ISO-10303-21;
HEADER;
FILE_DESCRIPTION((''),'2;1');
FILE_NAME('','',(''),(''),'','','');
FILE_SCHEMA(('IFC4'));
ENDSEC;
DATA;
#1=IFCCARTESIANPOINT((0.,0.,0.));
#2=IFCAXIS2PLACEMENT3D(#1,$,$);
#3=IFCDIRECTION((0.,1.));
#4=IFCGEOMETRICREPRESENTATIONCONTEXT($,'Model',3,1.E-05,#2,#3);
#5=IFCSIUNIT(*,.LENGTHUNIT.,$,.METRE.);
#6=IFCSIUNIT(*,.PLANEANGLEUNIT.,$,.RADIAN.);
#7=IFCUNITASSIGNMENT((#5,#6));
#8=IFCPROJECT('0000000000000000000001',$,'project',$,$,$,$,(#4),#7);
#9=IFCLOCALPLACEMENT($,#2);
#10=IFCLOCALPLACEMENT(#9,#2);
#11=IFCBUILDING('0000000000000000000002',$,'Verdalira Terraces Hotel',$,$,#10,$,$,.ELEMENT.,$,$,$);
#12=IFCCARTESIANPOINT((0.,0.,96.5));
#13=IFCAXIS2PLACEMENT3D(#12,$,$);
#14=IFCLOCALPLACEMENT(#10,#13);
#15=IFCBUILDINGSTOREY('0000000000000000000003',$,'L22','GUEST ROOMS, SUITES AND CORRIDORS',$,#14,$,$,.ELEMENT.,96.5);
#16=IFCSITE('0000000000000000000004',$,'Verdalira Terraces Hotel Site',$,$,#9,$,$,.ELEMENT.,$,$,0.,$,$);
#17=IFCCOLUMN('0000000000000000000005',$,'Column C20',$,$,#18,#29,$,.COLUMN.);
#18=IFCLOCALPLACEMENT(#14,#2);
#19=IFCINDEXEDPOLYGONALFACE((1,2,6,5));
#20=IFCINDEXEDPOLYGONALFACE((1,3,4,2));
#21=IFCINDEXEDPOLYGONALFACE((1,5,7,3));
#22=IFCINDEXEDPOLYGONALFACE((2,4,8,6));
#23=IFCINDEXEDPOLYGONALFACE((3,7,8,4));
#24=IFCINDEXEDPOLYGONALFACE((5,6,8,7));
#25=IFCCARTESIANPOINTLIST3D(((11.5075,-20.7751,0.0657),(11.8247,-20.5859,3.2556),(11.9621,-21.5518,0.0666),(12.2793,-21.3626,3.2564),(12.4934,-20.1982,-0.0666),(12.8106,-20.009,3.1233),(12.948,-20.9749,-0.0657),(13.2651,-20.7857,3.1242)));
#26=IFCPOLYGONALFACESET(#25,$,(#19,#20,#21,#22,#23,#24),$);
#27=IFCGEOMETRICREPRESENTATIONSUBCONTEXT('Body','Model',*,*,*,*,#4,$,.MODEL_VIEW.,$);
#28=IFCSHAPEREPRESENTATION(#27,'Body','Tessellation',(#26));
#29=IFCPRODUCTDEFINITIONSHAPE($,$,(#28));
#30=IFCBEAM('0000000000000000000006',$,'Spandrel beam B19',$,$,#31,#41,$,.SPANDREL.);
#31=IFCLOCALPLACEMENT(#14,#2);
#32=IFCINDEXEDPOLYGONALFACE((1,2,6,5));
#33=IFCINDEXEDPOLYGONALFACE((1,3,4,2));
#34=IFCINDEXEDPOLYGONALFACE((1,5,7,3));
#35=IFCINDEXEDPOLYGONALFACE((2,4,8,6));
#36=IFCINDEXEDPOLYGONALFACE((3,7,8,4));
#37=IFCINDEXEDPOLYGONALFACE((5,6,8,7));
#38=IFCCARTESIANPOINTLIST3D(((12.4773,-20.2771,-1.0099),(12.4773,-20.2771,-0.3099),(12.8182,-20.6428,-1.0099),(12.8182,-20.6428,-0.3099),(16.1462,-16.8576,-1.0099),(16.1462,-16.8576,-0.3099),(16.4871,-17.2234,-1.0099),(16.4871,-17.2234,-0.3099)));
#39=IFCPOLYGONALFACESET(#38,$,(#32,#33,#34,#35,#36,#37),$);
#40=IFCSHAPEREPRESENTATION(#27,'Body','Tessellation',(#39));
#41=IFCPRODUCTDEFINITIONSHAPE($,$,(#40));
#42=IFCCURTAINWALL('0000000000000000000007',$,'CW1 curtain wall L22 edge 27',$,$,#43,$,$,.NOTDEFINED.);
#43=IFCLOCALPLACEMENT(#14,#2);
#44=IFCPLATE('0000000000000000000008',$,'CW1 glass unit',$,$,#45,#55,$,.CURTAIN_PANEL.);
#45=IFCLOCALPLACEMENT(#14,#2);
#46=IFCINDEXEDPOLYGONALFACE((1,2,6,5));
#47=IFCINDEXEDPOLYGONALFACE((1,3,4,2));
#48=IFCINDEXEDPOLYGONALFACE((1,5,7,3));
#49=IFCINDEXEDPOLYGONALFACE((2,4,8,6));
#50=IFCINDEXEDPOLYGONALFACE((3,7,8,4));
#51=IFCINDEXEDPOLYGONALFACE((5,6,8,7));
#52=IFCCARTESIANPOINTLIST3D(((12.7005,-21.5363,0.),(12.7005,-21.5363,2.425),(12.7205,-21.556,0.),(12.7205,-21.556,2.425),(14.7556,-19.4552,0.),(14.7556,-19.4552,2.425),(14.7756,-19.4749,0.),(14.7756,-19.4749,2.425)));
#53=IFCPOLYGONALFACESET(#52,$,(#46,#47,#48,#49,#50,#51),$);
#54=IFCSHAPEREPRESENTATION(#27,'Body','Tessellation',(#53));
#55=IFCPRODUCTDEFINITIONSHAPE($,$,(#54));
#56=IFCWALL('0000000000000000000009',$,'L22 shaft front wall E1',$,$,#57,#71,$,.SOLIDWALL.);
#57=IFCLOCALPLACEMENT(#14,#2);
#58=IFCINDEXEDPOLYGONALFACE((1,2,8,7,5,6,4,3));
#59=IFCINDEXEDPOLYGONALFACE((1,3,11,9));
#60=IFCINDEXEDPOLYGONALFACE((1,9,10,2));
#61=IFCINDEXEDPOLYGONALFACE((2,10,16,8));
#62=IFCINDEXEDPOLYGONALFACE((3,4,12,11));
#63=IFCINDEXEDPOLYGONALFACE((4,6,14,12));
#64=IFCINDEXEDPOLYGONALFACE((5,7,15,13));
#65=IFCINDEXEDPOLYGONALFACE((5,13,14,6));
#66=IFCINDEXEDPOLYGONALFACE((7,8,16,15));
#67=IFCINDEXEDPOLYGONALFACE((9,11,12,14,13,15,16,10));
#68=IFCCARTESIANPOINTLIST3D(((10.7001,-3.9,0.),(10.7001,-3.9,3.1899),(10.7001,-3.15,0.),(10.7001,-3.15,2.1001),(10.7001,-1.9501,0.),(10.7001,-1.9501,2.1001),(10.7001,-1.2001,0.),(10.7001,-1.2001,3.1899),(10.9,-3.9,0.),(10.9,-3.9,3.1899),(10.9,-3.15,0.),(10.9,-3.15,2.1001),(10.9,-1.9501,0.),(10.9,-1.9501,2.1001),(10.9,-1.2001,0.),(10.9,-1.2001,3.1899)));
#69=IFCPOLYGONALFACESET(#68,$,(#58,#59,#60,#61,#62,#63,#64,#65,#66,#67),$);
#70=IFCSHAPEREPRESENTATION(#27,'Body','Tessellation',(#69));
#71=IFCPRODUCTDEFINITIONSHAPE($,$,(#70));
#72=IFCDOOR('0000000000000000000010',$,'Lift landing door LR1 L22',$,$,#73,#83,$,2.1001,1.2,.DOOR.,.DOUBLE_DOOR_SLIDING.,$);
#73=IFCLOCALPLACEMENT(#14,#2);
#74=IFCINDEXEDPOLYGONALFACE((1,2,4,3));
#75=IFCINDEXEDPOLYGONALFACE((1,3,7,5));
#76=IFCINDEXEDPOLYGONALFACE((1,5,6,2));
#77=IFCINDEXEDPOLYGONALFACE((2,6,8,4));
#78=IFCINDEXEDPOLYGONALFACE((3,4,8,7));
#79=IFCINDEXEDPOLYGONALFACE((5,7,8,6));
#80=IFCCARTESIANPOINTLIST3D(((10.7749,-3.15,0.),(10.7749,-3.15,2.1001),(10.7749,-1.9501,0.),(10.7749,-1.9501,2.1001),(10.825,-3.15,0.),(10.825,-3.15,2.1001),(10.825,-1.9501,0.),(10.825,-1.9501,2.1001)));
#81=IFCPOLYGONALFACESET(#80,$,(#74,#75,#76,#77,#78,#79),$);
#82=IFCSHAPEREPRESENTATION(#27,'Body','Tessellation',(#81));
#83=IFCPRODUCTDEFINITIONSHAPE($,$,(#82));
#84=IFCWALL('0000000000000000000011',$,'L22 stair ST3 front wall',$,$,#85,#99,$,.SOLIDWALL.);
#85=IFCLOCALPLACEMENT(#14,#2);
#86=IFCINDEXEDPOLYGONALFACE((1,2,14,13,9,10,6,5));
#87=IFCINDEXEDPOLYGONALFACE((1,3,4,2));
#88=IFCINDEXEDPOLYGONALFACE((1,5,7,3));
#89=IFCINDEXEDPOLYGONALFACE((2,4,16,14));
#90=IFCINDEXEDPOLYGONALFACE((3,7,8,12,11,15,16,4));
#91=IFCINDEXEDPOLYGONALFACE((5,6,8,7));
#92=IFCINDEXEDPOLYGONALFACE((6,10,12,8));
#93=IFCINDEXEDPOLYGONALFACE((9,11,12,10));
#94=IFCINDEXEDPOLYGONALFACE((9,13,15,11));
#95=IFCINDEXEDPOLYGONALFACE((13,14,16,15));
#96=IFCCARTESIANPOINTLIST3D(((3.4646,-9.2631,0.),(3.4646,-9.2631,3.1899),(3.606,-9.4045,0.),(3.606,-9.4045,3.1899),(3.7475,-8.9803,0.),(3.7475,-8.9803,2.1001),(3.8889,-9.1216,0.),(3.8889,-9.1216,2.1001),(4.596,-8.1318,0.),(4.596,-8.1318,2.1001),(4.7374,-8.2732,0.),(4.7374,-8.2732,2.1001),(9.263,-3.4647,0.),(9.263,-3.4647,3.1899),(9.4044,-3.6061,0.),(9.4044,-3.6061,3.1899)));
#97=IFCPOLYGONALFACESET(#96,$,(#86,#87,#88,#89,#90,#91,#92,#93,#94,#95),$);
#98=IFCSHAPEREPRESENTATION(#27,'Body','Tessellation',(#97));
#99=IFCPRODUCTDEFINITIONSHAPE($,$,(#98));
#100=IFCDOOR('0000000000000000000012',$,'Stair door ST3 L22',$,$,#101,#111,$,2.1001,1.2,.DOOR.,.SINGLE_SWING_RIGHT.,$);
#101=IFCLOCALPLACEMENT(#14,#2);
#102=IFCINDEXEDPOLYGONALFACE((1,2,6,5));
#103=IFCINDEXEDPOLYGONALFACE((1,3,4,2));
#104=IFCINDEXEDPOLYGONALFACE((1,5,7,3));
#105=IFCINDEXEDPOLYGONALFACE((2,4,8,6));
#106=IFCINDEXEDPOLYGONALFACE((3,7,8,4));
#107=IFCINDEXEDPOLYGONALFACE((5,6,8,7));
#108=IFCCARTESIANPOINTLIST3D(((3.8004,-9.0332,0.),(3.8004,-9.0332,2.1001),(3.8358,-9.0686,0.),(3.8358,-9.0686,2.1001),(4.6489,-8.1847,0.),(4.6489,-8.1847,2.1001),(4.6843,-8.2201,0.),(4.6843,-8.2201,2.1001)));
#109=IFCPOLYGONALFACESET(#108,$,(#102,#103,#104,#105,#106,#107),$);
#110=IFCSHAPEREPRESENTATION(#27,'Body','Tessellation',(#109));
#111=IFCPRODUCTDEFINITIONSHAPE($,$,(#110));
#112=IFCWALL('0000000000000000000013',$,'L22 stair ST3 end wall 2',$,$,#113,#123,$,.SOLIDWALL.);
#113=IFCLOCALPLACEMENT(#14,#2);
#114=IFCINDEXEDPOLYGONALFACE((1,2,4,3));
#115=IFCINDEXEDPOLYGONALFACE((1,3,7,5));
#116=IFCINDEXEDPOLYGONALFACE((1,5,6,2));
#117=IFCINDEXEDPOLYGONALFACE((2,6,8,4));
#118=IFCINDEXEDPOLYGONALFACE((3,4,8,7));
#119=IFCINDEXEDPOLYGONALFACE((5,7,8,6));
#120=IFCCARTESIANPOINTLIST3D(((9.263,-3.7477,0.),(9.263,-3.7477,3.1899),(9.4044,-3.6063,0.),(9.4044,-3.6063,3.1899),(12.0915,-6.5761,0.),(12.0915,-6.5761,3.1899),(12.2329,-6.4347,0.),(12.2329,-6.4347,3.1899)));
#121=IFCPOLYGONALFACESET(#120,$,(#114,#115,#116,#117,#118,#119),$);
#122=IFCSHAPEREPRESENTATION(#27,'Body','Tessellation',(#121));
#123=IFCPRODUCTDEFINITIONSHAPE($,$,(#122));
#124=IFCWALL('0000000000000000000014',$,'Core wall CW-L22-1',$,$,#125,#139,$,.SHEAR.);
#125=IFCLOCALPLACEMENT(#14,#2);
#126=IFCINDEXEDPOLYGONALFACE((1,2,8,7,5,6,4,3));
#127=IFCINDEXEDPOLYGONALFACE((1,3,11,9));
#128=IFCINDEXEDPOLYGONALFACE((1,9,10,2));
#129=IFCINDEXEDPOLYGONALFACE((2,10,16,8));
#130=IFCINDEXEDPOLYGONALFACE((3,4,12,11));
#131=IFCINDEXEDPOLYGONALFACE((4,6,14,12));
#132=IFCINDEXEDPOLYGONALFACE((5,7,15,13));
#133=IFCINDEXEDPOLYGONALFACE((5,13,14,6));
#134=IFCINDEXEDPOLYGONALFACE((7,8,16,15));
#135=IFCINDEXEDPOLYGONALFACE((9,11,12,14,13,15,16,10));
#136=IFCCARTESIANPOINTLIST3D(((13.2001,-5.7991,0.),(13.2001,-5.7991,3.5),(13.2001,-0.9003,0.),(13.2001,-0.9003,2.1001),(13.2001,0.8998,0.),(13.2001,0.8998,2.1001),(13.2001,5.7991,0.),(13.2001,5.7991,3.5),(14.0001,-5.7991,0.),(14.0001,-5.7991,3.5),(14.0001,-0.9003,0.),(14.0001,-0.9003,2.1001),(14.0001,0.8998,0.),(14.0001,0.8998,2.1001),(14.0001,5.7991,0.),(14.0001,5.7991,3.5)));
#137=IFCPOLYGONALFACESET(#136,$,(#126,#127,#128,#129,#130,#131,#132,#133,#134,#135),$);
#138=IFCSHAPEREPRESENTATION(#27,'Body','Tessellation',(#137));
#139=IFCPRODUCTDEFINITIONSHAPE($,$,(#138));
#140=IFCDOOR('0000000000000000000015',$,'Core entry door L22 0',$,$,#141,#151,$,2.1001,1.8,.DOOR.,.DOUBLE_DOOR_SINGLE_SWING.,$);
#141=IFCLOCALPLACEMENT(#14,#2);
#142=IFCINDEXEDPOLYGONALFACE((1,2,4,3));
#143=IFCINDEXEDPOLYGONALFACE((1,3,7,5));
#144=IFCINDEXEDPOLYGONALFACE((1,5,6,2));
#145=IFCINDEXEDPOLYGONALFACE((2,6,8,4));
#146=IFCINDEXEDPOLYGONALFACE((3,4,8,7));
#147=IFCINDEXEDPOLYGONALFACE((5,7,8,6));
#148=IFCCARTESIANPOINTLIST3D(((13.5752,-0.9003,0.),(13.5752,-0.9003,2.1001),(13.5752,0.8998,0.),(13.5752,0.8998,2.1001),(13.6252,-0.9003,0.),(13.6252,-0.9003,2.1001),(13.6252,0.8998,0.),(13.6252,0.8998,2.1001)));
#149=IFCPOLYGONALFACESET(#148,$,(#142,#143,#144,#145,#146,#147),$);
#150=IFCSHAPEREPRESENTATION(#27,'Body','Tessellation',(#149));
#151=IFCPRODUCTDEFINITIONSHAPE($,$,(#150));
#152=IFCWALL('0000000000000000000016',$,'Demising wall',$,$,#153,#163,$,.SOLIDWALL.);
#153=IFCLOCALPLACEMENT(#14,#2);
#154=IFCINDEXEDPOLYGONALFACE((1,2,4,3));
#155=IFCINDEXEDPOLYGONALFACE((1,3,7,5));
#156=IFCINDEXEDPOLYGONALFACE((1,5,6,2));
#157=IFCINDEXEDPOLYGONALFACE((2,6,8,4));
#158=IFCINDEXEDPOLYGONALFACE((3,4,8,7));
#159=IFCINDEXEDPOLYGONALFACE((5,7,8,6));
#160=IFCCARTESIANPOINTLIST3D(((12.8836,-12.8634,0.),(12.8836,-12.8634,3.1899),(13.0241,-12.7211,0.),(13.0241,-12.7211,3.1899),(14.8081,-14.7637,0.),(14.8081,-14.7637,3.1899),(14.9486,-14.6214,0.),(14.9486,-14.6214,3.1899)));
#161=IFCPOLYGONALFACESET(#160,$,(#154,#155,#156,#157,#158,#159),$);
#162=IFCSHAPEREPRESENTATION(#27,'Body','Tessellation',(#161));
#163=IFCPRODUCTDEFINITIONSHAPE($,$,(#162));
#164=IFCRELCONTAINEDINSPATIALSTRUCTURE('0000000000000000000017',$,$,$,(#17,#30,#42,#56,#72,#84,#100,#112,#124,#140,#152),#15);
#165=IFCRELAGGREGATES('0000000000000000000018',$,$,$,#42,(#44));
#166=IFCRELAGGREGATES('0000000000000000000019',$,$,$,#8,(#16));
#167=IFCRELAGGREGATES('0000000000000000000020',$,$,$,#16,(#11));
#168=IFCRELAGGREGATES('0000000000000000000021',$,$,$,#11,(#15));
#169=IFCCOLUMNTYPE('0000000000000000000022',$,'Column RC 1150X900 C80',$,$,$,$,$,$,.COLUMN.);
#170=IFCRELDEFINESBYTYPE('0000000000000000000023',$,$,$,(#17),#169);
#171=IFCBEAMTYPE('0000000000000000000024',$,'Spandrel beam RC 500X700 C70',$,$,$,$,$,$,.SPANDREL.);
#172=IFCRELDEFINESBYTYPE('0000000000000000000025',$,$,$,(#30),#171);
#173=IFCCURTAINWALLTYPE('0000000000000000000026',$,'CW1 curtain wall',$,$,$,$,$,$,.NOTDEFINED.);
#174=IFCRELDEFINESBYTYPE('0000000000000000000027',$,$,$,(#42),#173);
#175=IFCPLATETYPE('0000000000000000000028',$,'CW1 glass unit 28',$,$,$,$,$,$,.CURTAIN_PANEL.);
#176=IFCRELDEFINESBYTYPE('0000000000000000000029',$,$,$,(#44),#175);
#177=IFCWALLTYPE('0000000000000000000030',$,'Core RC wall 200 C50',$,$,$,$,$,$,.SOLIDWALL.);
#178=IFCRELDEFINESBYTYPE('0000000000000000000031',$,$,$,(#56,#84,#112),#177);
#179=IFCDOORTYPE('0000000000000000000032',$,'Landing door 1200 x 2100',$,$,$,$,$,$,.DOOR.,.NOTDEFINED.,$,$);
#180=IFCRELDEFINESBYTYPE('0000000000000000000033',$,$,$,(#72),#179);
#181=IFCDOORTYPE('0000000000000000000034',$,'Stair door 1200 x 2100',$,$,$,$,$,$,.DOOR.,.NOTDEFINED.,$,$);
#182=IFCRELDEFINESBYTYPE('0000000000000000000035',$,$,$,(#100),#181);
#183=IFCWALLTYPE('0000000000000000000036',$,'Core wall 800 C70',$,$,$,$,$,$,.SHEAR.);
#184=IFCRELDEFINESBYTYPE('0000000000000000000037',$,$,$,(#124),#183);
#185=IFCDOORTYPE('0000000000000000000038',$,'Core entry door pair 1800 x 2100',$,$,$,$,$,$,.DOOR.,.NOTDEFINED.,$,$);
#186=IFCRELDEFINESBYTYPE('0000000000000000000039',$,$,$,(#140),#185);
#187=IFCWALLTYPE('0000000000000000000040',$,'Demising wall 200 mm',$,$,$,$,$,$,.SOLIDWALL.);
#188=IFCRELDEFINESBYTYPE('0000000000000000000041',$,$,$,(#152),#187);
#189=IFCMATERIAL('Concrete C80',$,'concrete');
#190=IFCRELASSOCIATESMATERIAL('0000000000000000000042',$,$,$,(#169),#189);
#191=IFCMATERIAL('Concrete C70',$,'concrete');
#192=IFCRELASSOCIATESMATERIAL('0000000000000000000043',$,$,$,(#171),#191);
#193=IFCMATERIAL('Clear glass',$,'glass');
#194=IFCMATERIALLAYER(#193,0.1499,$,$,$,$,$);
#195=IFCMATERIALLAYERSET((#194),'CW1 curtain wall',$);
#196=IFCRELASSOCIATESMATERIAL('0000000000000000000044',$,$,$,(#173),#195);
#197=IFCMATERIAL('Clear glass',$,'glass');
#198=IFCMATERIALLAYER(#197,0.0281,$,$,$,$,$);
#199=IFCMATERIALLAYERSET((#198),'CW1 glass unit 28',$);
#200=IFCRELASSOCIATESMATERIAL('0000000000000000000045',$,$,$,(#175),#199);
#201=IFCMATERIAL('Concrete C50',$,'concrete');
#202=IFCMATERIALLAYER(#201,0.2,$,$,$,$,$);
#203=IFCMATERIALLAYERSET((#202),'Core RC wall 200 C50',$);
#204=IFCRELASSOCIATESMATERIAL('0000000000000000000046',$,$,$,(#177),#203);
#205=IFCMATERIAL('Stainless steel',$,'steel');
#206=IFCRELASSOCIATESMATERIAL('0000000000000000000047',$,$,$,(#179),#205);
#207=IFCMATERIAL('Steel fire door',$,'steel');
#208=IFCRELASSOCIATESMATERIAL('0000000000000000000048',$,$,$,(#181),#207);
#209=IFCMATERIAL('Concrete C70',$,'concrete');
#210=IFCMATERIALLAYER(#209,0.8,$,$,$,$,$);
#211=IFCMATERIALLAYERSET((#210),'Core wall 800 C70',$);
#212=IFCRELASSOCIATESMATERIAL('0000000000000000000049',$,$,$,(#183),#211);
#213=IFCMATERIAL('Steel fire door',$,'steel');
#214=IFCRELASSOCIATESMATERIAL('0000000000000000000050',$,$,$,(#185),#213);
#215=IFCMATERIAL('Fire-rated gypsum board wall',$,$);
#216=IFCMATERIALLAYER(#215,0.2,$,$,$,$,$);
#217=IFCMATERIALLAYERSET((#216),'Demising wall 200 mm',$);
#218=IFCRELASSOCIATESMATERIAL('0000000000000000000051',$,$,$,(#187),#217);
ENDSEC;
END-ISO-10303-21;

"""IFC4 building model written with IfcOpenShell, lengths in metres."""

from ifc_helpers import new_model, si_unit, direction, frame, frame_2d, origin, origin_2d, place, context, subcontext, project, spatial, rectangle, extrude, material, layer, layer_set, material_profile, profile_set, type_object, element, fill, aggregate, save


model = new_model("IFC4")

# Units and contexts
model_context = context("Model", 3, precision=1e-05, world=origin(), true_north=direction((0.0, 1.0)))
body_context = subcontext(model_context, "Body", "Model", "MODEL_VIEW")
ifc_project = project(units=[si_unit("LENGTHUNIT", "METRE"), si_unit("PLANEANGLEUNIT", "RADIAN")], contexts=[model_context])

# Site, building, storey
site_placement = place(None, origin())
site = spatial("IfcSite", under=ifc_project, at=site_placement, Name="Verdalira Terraces Hotel Site", CompositionType="ELEMENT", RefElevation=0.0)
building_placement = place(site_placement, origin())
building = spatial("IfcBuilding", under=site, at=building_placement, Name="Verdalira Terraces Hotel", CompositionType="ELEMENT")
storey_placement = place(building_placement, frame((0.0, 0.0, 96.5)))
storey = spatial("IfcBuildingStorey", under=building, at=storey_placement, Name="L22", Description="GUEST ROOMS, SUITES AND CORRIDORS", CompositionType="ELEMENT", Elevation=96.5)

# Column
ifc_material_1 = material(Name="Concrete C80", Category="concrete")
ifc_material_profile_1 = material_profile(ifc_material_1, rectangle(XDim=1.1499, YDim=0.8999, at=origin_2d()), Name="RC 1150X900")
ifc_profile_set_1 = profile_set([ifc_material_profile_1], Name="Concrete C80")
column_type = type_object("IfcColumnType", Name="Column RC 1150X900 C80", PredefinedType="COLUMN", material=ifc_profile_set_1)
column_placement = place(storey_placement, frame((12.2278, -20.875, 0.0), z_axis=(0.098759, 0.058921, 0.993366), x_axis=(-0.857367, -0.501696, 0.114996)))
element("IfcColumn", 1, at=column_placement, inside=storey, type_object=column_type, Name="Column C20", PredefinedType="COLUMN", context=body_context, shape_type="SweptSolid", body=[
    extrude(rectangle(XDim=1.1499, YDim=0.8999, at=origin_2d()), origin(), (0.0, 0.0, 1.0), 3.2112),
])

# Beam
ifc_material_2 = material(Name="Concrete C70", Category="concrete")
ifc_material_profile_2 = material_profile(ifc_material_2, rectangle(XDim=0.5, YDim=0.7, at=origin_2d()), Name="RC 500X700")
ifc_profile_set_2 = profile_set([ifc_material_profile_2], Name="Concrete C70")
beam_type = type_object("IfcBeamType", Name="Spandrel beam RC 500X700 C70", PredefinedType="SPANDREL", material=ifc_profile_set_2)
beam_placement = place(storey_placement, frame((12.6477, -20.46, -0.6599), z_axis=(0.731544, 0.681794, 0.0), x_axis=(-0.681794, 0.731544, 0.0)))
element("IfcBeam", 2, at=beam_placement, inside=storey, type_object=beam_type, Name="Spandrel beam B19", PredefinedType="SPANDREL", context=body_context, shape_type="SweptSolid", body=[
    extrude(rectangle(XDim=0.5, YDim=0.7, at=origin_2d()), origin(), (0.0, 0.0, 1.0), 5.0154),
])

# Curtain wall, plate
ifc_material_3 = material(Name="Clear glass", Category="glass")
ifc_layer_1 = layer(ifc_material_3, 0.1499)
ifc_layer_set_1 = layer_set([ifc_layer_1], Name="CW1 curtain wall")
curtain_wall_type = type_object("IfcCurtainWallType", Name="CW1 curtain wall", PredefinedType="NOTDEFINED", material=ifc_layer_set_1)
curtain_wall_placement = place(storey_placement, origin())
curtain_wall = element("IfcCurtainWall", 3, at=curtain_wall_placement, inside=storey, type_object=curtain_wall_type, Name="CW1 curtain wall L22 edge 27", PredefinedType="NOTDEFINED")
ifc_material_4 = material(Name="Clear glass", Category="glass")
ifc_layer_2 = layer(ifc_material_4, 0.0281)
ifc_layer_set_2 = layer_set([ifc_layer_2], Name="CW1 glass unit 28")
plate_type = type_object("IfcPlateType", Name="CW1 glass unit 28", PredefinedType="CURTAIN_PANEL", material=ifc_layer_set_2)
plate_placement = place(storey_placement, frame((13.738, -20.5056, 0.0), z_axis=(0.0, 0.0, 1.0), x_axis=(0.70265, 0.711536, 0.0)))
plate = element("IfcPlate", 4, at=plate_placement, type_object=plate_type, Name="CW1 glass unit", PredefinedType="CURTAIN_PANEL", context=body_context, shape_type="SweptSolid", body=[
    extrude(rectangle(XDim=2.9248, YDim=0.0281, at=origin_2d()), origin(), (0.0, 0.0, 1.0), 2.425),
])
aggregate(curtain_wall, [plate])

# Walls, openings, doors
ifc_material_5 = material(Name="Concrete C50", Category="concrete")
ifc_layer_3 = layer(ifc_material_5, 0.2)
ifc_layer_set_3 = layer_set([ifc_layer_3], Name="Core RC wall 200 C50")
wall_type_1 = type_object("IfcWallType", Name="Core RC wall 200 C50", PredefinedType="SOLIDWALL", material=ifc_layer_set_3)
wall_1_placement = place(storey_placement, frame((10.8, -1.2, 0.0), z_axis=(0.0, 0.0, 1.0), x_axis=(0.0, -1.0, 0.0)))
wall_1 = element("IfcWall", 5, at=wall_1_placement, inside=storey, type_object=wall_type_1, Name="L22 shaft front wall E1", PredefinedType="SOLIDWALL", context=body_context, shape_type="SweptSolid", body=[
    extrude(rectangle(XDim=2.7, YDim=0.2, at=frame_2d((1.3501, 0.0))), origin(), (0.0, 0.0, 1.0), 3.1899),
])
opening_1_placement = place(wall_1_placement, frame((0.75, 0.0, 0.0)))
opening_1 = element("IfcOpeningElement", 6, at=opening_1_placement, cuts=wall_1, PredefinedType="OPENING", context=body_context, shape_type="SweptSolid", body=[
    extrude(rectangle(XDim=1.2, YDim=2.1001, at=frame_2d((0.6001, 1.05))), frame((0.0, 0.1099, 0.0), z_axis=(0.0, -1.0, 0.0), x_axis=(1.0, 0.0, 0.0)), (0.0, 0.0, 1.0), 0.22),
])
ifc_material_6 = material(Name="Stainless steel", Category="steel")
door_type_1 = type_object("IfcDoorType", Name="Landing door 1200 x 2100", OperationType="NOTDEFINED", PredefinedType="DOOR", material=ifc_material_6)
door_1_placement = place(opening_1_placement, origin())
door_1 = element("IfcDoor", 7, at=door_1_placement, inside=storey, type_object=door_type_1, Name="Lift landing door LR1 L22", OperationType="DOUBLE_DOOR_SLIDING", OverallHeight=2.1001, OverallWidth=1.2, PredefinedType="DOOR", context=body_context, shape_type="SweptSolid", body=[
    extrude(rectangle(XDim=1.2, YDim=2.1001, at=frame_2d((0.6001, 1.05))), frame((0.0, 0.0249, 0.0), z_axis=(0.0, -1.0, 0.0), x_axis=(1.0, 0.0, 0.0)), (0.0, 0.0, 1.0), 0.05),
])
fill(opening_1, door_1)
wall_2_placement = place(storey_placement, frame((9.3337, -3.5354, 0.0), z_axis=(0.0, 0.0, 1.0), x_axis=(-0.707107, -0.707107, 0.0)))
wall_2 = element("IfcWall", 8, at=wall_2_placement, inside=storey, type_object=wall_type_1, Name="L22 stair ST3 front wall", PredefinedType="SOLIDWALL", context=body_context, shape_type="SweptSolid", body=[
    extrude(rectangle(XDim=8.2002, YDim=0.2, at=frame_2d((4.1001, 0.0))), origin(), (0.0, 0.0, 1.0), 3.1899),
])
opening_2_placement = place(wall_2_placement, frame((6.6001, 0.0, 0.0)))
opening_2 = element("IfcOpeningElement", 9, at=opening_2_placement, cuts=wall_2, PredefinedType="OPENING", context=body_context, shape_type="SweptSolid", body=[
    extrude(rectangle(XDim=1.2, YDim=2.1001, at=frame_2d((0.6001, 1.05))), frame((0.0, 0.1099, 0.0), z_axis=(0.0, -1.0, 0.0), x_axis=(1.0, 0.0, 0.0)), (0.0, 0.0, 1.0), 0.22),
])
ifc_material_7 = material(Name="Steel fire door", Category="steel")
door_type_2 = type_object("IfcDoorType", Name="Stair door 1200 x 2100", OperationType="NOTDEFINED", PredefinedType="DOOR", material=ifc_material_7)
door_2_placement = place(opening_2_placement, origin())
door_2 = element("IfcDoor", 10, at=door_2_placement, inside=storey, type_object=door_type_2, Name="Stair door ST3 L22", OperationType="SINGLE_SWING_RIGHT", OverallHeight=2.1001, OverallWidth=1.2, PredefinedType="DOOR", context=body_context, shape_type="SweptSolid", body=[
    extrude(rectangle(XDim=1.2, YDim=2.1001, at=frame_2d((0.6001, 1.05))), frame((0.0, 0.0249, 0.0), z_axis=(0.0, -1.0, 0.0), x_axis=(1.0, 0.0, 0.0)), (0.0, 0.0, 1.0), 0.05),
])
fill(opening_2, door_2)

# Wall
wall_3_placement = place(storey_placement, frame((9.3337, -3.677, 0.0), z_axis=(0.0, 0.0, 1.0), x_axis=(0.707107, -0.707107, 0.0)))
element("IfcWall", 11, at=wall_3_placement, inside=storey, type_object=wall_type_1, Name="L22 stair ST3 end wall 2", PredefinedType="SOLIDWALL", context=body_context, shape_type="SweptSolid", body=[
    extrude(rectangle(XDim=4.0, YDim=0.2, at=frame_2d((2.0, 0.0))), origin(), (0.0, 0.0, 1.0), 3.1899),
])

# Wall, opening, door
ifc_material_8 = material(Name="Concrete C70", Category="concrete")
ifc_layer_4 = layer(ifc_material_8, 0.8)
ifc_layer_set_4 = layer_set([ifc_layer_4], Name="Core wall 800 C70")
wall_type_2 = type_object("IfcWallType", Name="Core wall 800 C70", PredefinedType="SHEAR", material=ifc_layer_set_4)
wall_4_placement = place(storey_placement, frame((13.6001, -5.7991, 0.0), z_axis=(0.0, 0.0, 1.0), x_axis=(0.0, 1.0, 0.0)))
wall_4 = element("IfcWall", 12, at=wall_4_placement, inside=storey, type_object=wall_type_2, Name="Core wall CW-L22-1", PredefinedType="SHEAR", context=body_context, shape_type="SweptSolid", body=[
    extrude(rectangle(XDim=11.5981, YDim=0.8, at=frame_2d((5.7991, 0.0))), origin(), (0.0, 0.0, 1.0), 3.5),
])
opening_3_placement = place(wall_4_placement, frame((4.8989, 0.0, 0.0)))
opening_3 = element("IfcOpeningElement", 13, at=opening_3_placement, cuts=wall_4, PredefinedType="OPENING", context=body_context, shape_type="SweptSolid", body=[
    extrude(rectangle(XDim=1.8, YDim=2.1001, at=frame_2d((0.8999, 1.05))), frame((0.0, 0.4099, 0.0), z_axis=(0.0, -1.0, 0.0), x_axis=(1.0, 0.0, 0.0)), (0.0, 0.0, 1.0), 0.8201),
])
ifc_material_9 = material(Name="Steel fire door", Category="steel")
door_type_3 = type_object("IfcDoorType", Name="Core entry door pair 1800 x 2100", OperationType="NOTDEFINED", PredefinedType="DOOR", material=ifc_material_9)
door_3_placement = place(opening_3_placement, origin())
door_3 = element("IfcDoor", 14, at=door_3_placement, inside=storey, type_object=door_type_3, Name="Core entry door L22 0", OperationType="DOUBLE_DOOR_SINGLE_SWING", OverallHeight=2.1001, OverallWidth=1.8, PredefinedType="DOOR", context=body_context, shape_type="SweptSolid", body=[
    extrude(rectangle(XDim=1.8, YDim=2.1001, at=frame_2d((0.8999, 1.05))), frame((0.0, 0.0249, 0.0), z_axis=(0.0, -1.0, 0.0), x_axis=(1.0, 0.0, 0.0)), (0.0, 0.0, 1.0), 0.05),
])
fill(opening_3, door_3)

# Wall
ifc_material_10 = material(Name="Fire-rated gypsum board wall")
ifc_layer_5 = layer(ifc_material_10, 0.2)
ifc_layer_set_5 = layer_set([ifc_layer_5], Name="Demising wall 200 mm")
wall_type_3 = type_object("IfcWallType", Name="Demising wall 200 mm", PredefinedType="SOLIDWALL", material=ifc_layer_set_5)
wall_5_placement = place(storey_placement, frame((12.9539, -12.7922, 0.0), z_axis=(0.0, 0.0, 1.0), x_axis=(0.711561, -0.702625, 0.0)))
element("IfcWall", 15, at=wall_5_placement, inside=storey, type_object=wall_type_3, Name="Demising wall", PredefinedType="SOLIDWALL", context=body_context, shape_type="SweptSolid", body=[
    extrude(rectangle(XDim=2.7046, YDim=0.2, at=frame_2d((1.3523, 0.0))), origin(), (0.0, 0.0, 1.0), 3.1899),
])

save(model, "model.ifc")
